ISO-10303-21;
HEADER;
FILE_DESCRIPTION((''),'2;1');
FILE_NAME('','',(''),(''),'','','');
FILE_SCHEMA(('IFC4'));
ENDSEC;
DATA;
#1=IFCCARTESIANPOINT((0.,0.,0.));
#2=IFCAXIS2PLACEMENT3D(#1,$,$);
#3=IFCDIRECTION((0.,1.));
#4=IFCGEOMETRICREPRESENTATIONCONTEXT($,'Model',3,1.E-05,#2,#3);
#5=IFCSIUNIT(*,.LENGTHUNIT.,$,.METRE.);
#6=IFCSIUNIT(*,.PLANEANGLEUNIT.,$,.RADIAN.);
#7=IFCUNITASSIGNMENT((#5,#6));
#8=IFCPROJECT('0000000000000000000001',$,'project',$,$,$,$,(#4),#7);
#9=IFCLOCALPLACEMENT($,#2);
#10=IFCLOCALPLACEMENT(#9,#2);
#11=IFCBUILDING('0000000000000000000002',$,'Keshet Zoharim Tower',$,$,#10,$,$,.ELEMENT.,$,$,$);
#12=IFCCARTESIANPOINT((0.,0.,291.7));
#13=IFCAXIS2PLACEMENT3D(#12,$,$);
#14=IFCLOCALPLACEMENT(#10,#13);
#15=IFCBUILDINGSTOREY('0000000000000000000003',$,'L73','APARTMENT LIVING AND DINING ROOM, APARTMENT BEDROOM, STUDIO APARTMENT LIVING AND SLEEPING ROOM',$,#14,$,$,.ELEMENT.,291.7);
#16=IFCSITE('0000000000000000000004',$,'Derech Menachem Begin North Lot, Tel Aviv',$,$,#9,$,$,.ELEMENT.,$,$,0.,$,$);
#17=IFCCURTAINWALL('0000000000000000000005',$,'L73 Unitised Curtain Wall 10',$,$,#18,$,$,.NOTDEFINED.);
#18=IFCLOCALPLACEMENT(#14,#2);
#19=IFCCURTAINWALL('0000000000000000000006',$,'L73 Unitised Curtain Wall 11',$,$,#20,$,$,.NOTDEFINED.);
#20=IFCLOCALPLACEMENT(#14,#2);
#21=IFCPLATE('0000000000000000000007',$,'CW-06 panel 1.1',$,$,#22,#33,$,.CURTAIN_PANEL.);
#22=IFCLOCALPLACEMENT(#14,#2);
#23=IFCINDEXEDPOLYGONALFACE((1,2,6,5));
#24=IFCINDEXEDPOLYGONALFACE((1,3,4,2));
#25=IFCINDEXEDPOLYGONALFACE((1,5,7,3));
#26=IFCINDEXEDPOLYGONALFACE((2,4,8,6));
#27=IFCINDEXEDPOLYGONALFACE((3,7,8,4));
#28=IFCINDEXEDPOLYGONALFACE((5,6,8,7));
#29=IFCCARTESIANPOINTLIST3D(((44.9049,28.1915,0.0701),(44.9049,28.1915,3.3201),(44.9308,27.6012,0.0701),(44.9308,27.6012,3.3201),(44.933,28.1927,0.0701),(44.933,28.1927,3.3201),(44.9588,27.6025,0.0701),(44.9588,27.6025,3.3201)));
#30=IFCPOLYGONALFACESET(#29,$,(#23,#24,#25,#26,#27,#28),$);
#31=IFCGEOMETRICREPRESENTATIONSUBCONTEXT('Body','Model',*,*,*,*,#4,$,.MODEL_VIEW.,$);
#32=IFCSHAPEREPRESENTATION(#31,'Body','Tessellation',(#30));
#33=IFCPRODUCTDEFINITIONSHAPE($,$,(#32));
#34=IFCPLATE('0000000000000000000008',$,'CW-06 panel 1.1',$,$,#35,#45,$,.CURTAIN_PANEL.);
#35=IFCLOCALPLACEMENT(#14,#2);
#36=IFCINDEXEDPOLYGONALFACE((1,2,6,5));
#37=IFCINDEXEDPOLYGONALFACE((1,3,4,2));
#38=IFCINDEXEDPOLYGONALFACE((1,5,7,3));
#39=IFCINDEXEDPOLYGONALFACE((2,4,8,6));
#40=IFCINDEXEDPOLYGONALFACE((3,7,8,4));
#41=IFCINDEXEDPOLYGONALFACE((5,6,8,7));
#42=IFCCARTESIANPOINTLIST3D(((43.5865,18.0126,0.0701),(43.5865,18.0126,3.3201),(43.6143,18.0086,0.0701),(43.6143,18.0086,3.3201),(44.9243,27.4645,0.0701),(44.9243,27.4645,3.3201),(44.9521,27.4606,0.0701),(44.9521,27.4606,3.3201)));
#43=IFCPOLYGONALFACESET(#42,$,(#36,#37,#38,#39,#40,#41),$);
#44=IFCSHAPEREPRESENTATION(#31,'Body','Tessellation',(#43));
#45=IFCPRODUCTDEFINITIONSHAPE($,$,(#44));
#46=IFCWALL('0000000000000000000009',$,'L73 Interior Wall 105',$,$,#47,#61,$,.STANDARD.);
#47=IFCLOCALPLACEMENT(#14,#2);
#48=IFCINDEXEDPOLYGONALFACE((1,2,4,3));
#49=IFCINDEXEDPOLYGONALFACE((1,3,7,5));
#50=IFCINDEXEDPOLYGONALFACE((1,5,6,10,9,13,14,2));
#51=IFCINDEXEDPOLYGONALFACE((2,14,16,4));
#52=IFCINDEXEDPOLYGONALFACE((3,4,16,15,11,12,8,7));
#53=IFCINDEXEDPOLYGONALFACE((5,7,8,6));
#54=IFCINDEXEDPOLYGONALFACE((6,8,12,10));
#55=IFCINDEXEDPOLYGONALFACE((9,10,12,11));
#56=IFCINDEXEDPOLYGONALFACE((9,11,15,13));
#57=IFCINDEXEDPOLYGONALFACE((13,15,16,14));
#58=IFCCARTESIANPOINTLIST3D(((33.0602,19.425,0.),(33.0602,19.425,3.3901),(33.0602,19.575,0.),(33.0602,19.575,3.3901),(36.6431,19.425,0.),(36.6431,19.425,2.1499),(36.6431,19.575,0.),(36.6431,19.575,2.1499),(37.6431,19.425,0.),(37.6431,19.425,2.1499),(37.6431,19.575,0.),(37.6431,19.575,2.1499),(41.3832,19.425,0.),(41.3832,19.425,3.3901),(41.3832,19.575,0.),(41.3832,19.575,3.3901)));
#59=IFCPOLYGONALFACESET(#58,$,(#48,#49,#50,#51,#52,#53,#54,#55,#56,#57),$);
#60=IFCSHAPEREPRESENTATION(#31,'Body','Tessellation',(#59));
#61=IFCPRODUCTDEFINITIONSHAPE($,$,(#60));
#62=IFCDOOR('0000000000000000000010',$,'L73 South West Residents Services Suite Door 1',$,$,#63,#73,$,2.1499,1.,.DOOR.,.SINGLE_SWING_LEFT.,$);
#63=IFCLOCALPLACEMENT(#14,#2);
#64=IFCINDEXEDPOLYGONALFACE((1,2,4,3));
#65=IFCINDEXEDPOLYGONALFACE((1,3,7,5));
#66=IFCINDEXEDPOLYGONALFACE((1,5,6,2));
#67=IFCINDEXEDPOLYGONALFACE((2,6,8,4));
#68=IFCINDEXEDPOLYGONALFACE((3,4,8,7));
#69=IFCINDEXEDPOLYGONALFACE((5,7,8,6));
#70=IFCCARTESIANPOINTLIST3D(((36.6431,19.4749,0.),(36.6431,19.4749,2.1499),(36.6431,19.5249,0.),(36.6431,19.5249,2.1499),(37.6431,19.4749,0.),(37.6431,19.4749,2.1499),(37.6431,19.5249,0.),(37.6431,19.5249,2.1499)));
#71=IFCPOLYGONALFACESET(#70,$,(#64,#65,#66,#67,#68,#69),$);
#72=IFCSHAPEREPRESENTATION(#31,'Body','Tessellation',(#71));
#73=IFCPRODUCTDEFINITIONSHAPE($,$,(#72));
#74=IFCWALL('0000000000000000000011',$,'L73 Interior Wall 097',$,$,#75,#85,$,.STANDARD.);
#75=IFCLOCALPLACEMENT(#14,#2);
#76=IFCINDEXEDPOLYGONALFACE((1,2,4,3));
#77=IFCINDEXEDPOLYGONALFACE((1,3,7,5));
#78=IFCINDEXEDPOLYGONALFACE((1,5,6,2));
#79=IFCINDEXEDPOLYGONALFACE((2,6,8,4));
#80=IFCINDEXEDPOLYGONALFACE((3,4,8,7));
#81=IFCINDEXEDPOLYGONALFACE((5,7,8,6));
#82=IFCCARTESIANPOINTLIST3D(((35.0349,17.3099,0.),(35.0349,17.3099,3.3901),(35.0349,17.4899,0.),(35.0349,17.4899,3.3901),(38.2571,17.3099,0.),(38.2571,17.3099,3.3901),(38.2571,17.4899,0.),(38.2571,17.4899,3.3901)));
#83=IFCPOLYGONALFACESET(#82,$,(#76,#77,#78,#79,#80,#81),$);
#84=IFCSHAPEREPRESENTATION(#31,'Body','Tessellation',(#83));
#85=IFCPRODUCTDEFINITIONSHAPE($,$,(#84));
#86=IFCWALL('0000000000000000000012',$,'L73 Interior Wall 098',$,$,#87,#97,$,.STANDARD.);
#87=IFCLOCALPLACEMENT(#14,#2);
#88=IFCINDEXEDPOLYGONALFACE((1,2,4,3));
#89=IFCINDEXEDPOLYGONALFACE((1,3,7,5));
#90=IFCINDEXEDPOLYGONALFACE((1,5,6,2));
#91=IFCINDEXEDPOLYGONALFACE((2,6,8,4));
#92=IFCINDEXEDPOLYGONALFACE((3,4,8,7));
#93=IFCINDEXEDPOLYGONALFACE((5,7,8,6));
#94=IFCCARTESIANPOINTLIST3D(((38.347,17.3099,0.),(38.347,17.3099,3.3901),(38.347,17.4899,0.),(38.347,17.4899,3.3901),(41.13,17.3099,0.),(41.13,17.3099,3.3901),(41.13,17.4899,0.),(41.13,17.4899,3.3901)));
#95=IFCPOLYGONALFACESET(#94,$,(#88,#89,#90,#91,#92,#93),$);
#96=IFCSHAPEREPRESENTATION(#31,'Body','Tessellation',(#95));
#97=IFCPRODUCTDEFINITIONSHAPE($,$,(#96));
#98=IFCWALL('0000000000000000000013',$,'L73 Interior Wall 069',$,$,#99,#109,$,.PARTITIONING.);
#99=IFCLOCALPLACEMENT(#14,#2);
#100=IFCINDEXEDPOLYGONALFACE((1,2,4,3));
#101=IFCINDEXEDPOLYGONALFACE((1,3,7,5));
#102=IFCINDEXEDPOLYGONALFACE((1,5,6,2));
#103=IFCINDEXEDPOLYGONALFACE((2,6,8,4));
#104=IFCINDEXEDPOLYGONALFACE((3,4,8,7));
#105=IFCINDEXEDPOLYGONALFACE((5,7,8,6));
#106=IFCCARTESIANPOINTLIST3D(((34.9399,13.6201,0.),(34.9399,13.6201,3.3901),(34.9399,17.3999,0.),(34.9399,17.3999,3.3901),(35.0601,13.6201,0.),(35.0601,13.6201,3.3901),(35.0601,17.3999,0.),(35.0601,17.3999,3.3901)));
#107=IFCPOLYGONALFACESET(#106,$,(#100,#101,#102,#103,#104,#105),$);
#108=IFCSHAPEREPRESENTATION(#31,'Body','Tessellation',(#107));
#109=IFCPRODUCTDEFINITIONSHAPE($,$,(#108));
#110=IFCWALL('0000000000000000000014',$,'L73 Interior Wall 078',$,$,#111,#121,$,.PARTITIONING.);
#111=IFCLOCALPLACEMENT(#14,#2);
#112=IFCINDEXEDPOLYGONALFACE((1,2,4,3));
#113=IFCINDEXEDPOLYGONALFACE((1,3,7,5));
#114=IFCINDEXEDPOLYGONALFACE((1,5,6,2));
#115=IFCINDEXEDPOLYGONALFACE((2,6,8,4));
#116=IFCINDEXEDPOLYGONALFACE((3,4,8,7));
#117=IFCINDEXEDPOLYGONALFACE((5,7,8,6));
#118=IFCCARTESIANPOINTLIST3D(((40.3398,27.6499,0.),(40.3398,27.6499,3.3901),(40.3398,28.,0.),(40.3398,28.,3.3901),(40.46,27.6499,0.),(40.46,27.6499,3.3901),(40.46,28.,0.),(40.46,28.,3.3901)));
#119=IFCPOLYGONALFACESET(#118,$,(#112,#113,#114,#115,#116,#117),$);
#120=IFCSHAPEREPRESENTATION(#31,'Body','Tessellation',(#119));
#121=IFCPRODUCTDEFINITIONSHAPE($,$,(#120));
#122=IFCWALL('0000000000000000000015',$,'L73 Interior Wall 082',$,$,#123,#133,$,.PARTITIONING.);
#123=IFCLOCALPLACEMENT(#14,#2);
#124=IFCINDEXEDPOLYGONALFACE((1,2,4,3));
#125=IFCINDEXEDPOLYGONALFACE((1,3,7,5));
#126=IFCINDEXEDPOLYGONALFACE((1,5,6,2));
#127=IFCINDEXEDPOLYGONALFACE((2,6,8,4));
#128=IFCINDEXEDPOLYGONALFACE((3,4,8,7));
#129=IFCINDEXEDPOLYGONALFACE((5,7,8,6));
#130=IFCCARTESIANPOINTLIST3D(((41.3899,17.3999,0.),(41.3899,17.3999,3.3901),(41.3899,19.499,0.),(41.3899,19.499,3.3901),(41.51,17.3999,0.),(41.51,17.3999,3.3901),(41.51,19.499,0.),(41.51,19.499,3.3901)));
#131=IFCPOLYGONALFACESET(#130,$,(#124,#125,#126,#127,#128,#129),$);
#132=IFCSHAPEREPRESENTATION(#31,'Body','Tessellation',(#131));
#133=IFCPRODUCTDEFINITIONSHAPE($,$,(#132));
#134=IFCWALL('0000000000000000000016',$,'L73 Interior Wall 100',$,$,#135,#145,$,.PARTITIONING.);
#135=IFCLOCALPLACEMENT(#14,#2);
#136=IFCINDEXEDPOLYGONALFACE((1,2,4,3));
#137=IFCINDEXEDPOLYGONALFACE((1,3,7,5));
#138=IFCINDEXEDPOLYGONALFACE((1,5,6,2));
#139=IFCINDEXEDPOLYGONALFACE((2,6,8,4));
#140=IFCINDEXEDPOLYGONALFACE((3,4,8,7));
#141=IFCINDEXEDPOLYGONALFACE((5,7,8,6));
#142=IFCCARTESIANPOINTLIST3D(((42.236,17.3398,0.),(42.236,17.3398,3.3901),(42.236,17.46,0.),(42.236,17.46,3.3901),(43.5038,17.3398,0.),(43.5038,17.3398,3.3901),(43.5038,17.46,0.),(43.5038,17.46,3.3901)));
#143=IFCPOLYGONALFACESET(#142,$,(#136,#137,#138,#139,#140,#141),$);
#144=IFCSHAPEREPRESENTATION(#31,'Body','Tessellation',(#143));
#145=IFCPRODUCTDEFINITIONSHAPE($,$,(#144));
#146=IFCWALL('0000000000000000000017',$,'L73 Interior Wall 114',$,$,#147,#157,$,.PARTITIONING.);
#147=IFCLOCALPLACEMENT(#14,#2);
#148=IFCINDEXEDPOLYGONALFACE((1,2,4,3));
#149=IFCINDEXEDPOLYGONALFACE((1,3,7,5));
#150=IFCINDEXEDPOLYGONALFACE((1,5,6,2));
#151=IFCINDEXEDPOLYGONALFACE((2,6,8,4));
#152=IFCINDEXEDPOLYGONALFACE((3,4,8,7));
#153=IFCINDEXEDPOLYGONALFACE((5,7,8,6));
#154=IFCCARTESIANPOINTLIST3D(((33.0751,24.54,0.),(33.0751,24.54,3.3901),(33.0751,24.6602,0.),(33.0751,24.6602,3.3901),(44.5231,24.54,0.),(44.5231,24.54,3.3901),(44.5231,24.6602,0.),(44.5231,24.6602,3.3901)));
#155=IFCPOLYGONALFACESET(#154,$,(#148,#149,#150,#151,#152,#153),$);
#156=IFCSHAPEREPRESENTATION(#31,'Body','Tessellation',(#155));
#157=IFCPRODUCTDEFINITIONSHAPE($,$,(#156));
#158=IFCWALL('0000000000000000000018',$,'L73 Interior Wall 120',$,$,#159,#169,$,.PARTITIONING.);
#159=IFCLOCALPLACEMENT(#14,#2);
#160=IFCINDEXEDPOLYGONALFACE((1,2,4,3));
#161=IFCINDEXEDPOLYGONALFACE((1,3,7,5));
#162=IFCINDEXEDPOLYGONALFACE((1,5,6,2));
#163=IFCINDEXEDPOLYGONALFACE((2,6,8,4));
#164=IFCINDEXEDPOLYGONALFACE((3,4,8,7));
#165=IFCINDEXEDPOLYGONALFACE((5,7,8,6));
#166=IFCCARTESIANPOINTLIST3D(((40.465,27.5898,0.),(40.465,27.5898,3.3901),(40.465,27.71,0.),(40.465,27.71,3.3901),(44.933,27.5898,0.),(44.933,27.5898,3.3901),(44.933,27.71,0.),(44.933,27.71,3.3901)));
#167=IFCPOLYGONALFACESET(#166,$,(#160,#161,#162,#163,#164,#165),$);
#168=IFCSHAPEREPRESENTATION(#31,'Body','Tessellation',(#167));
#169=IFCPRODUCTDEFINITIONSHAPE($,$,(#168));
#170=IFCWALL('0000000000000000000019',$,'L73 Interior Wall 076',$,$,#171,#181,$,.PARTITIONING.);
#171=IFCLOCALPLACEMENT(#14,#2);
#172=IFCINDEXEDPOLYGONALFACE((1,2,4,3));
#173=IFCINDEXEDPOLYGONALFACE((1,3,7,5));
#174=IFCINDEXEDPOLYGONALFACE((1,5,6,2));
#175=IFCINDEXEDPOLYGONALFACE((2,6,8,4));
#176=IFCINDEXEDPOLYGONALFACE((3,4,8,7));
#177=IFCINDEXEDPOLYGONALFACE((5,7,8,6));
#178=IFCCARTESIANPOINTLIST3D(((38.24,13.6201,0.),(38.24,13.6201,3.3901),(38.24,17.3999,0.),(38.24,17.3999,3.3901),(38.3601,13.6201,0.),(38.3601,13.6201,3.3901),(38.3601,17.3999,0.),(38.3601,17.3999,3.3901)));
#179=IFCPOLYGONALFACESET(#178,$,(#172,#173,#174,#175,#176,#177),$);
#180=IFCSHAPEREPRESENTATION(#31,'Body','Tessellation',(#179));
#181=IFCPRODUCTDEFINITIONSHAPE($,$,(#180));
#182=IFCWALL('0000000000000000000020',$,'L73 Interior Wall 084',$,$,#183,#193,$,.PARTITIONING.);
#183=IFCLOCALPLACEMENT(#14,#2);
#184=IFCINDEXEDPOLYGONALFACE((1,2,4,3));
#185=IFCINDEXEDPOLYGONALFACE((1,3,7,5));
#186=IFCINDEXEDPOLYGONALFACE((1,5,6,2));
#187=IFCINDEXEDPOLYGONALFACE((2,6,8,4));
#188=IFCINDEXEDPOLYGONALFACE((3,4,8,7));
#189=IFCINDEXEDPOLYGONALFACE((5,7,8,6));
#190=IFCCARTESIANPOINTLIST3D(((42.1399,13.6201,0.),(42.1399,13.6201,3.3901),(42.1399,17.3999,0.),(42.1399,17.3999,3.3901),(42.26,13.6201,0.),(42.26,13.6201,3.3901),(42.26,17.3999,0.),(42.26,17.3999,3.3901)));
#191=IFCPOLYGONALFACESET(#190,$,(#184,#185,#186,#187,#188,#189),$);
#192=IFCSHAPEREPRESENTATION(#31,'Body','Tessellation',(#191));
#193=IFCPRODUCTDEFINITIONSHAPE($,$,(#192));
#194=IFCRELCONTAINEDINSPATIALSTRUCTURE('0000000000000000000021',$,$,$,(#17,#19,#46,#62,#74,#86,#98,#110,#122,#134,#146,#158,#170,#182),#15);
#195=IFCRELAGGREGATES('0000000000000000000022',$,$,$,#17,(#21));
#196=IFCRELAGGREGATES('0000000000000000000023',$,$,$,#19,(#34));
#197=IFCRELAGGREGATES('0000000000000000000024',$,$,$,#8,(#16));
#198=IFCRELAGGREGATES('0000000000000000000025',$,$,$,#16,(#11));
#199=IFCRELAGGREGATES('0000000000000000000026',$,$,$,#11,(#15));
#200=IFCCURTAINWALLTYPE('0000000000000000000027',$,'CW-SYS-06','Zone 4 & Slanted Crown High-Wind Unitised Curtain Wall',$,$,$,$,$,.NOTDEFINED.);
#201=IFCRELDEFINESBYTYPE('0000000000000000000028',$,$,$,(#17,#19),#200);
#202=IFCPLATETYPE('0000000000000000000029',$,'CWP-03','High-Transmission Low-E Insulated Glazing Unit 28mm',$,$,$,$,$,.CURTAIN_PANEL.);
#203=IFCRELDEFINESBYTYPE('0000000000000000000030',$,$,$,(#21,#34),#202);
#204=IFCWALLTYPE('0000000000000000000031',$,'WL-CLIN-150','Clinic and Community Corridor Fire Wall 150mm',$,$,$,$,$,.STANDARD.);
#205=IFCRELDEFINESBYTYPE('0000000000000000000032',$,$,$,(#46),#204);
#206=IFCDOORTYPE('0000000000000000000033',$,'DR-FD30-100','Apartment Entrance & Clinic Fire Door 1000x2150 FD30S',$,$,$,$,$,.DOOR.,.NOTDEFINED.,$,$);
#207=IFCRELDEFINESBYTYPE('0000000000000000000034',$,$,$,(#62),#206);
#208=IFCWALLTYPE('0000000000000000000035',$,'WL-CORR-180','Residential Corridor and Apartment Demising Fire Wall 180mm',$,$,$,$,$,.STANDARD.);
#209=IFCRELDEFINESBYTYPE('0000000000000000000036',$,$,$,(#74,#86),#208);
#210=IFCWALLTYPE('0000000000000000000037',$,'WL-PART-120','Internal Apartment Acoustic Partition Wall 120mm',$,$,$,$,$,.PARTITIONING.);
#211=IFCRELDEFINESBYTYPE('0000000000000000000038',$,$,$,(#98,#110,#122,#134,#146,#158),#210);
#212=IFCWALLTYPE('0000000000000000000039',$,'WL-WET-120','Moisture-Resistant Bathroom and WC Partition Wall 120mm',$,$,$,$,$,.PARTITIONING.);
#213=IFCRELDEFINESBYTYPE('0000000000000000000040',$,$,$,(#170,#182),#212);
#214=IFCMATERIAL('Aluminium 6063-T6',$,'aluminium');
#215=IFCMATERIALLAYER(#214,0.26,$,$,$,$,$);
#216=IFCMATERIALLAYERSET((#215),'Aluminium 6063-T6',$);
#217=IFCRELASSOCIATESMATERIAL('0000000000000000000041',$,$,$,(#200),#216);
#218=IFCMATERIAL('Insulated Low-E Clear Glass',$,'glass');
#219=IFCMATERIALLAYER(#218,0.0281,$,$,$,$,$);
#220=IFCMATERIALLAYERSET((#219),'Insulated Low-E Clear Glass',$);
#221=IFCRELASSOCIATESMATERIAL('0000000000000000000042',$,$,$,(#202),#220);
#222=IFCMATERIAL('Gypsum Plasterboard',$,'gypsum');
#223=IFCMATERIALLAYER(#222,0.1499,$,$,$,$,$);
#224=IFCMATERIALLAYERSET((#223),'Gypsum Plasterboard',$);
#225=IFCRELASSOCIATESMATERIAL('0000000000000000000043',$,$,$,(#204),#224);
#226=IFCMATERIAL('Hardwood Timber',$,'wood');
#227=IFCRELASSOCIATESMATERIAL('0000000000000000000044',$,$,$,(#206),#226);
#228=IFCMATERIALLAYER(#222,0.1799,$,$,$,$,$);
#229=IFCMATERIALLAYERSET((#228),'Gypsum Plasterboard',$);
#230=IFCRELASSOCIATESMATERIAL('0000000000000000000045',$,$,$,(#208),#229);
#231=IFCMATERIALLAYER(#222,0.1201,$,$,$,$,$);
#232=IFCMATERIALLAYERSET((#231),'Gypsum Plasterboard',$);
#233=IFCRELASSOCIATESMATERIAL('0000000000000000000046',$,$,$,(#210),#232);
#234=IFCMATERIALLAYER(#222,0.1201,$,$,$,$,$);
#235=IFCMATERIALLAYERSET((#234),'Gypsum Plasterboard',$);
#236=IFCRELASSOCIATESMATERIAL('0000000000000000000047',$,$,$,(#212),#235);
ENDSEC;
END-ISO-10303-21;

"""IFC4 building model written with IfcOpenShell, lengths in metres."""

from ifc_helpers import new_model, si_unit, direction, frame, frame_2d, origin, origin_2d, place, context, subcontext, project, spatial, rectangle, extrude, material, layer, layer_set, type_object, element, fill, aggregate, save


model = new_model("IFC4")

# Units and contexts
model_context = context("Model", 3, precision=1e-05, world=origin(), true_north=direction((0.0, 1.0)))
body_context = subcontext(model_context, "Body", "Model", "MODEL_VIEW")
ifc_project = project(units=[si_unit("LENGTHUNIT", "METRE"), si_unit("PLANEANGLEUNIT", "RADIAN")], contexts=[model_context])

# Site, building, storey
site_placement = place(None, origin())
site = spatial("IfcSite", under=ifc_project, at=site_placement, Name="Derech Menachem Begin North Lot, Tel Aviv", CompositionType="ELEMENT", RefElevation=0.0)
building_placement = place(site_placement, origin())
building = spatial("IfcBuilding", under=site, at=building_placement, Name="Keshet Zoharim Tower", CompositionType="ELEMENT")
storey_placement = place(building_placement, frame((0.0, 0.0, 291.7)))
storey = spatial("IfcBuildingStorey", under=building, at=storey_placement, Name="L73", Description="APARTMENT LIVING AND DINING ROOM, APARTMENT BEDROOM, STUDIO APARTMENT LIVING AND SLEEPING ROOM", CompositionType="ELEMENT", Elevation=291.7)

# Curtain wall
ifc_material_1 = material(Name="Aluminium 6063-T6", Category="aluminium")
ifc_layer_1 = layer(ifc_material_1, 0.26)
ifc_layer_set_1 = layer_set([ifc_layer_1], Name="Aluminium 6063-T6")
curtain_wall_type = type_object("IfcCurtainWallType", Name="CW-SYS-06", Description="Zone 4 & Slanted Crown High-Wind Unitised Curtain Wall", PredefinedType="NOTDEFINED", material=ifc_layer_set_1)
curtain_wall_1_placement = place(storey_placement, origin())
curtain_wall_1 = element("IfcCurtainWall", 1, at=curtain_wall_1_placement, inside=storey, type_object=curtain_wall_type, Name="L73 Unitised Curtain Wall 10", PredefinedType="NOTDEFINED")

# Curtain wall
curtain_wall_2_placement = place(storey_placement, origin())
curtain_wall_2 = element("IfcCurtainWall", 2, at=curtain_wall_2_placement, inside=storey, type_object=curtain_wall_type, Name="L73 Unitised Curtain Wall 11", PredefinedType="NOTDEFINED")

# Plates
ifc_material_2 = material(Name="Insulated Low-E Clear Glass", Category="glass")
ifc_layer_2 = layer(ifc_material_2, 0.0281)
ifc_layer_set_2 = layer_set([ifc_layer_2], Name="Insulated Low-E Clear Glass")
plate_type = type_object("IfcPlateType", Name="CWP-03", Description="High-Transmission Low-E Insulated Glazing Unit 28mm", PredefinedType="CURTAIN_PANEL", material=ifc_layer_set_2)
plate_1_placement = place(storey_placement, frame((44.9319, 27.897, 0.0701), z_axis=(0.0, 0.0, 1.0), x_axis=(0.043794, -0.999041, 0.0)))
plate_1 = element("IfcPlate", 3, at=plate_1_placement, type_object=plate_type, Name="CW-06 panel 1.1", PredefinedType="CURTAIN_PANEL", context=body_context, shape_type="SweptSolid", body=[
    extrude(rectangle(XDim=0.5908, YDim=0.0281, at=origin_2d()), origin(), (0.0, 0.0, 1.0), 3.25),
])
aggregate(curtain_wall_1, [plate_1])
plate_2_placement = place(storey_placement, frame((44.2693, 22.7366, 0.0701), z_axis=(0.0, 0.0, 1.0), x_axis=(-0.140137, -0.990132, 0.0)))
plate_2 = element("IfcPlate", 4, at=plate_2_placement, type_object=plate_type, Name="CW-06 panel 1.1", PredefinedType="CURTAIN_PANEL", context=body_context, shape_type="SweptSolid", body=[
    extrude(rectangle(XDim=9.5461, YDim=0.0281, at=origin_2d()), origin(), (0.0, 0.0, 1.0), 3.25),
])
aggregate(curtain_wall_2, [plate_2])

# Wall, opening, door
ifc_material_3 = material(Name="Gypsum Plasterboard", Category="gypsum")
ifc_layer_3 = layer(ifc_material_3, 0.1499)
ifc_layer_set_3 = layer_set([ifc_layer_3], Name="Gypsum Plasterboard")
wall_type_1 = type_object("IfcWallType", Name="WL-CLIN-150", Description="Clinic and Community Corridor Fire Wall 150mm", PredefinedType="STANDARD", material=ifc_layer_set_3)
wall_1_placement = place(storey_placement, frame((33.0601, 19.5, 0.0), z_axis=(0.0, 0.0, 1.0), x_axis=(1.0, 0.0, 0.0)))
wall_1 = element("IfcWall", 5, at=wall_1_placement, inside=storey, type_object=wall_type_1, Name="L73 Interior Wall 105", PredefinedType="STANDARD", context=body_context, shape_type="SweptSolid", body=[
    extrude(rectangle(XDim=8.323, YDim=0.1499, at=frame_2d((4.1616, 0.0))), origin(), (0.0, 0.0, 1.0), 3.3901),
])
opening_placement = place(wall_1_placement, frame((3.583, 0.0, 0.0)))
opening = element("IfcOpeningElement", 6, at=opening_placement, cuts=wall_1, PredefinedType="OPENING", context=body_context, shape_type="SweptSolid", body=[
    extrude(rectangle(XDim=1.0, YDim=2.1499, at=frame_2d((0.5, 1.075))), frame((0.0, 0.085, 0.0), z_axis=(0.0, -1.0, 0.0), x_axis=(1.0, 0.0, 0.0)), (0.0, 0.0, 1.0), 0.1699),
])
ifc_material_4 = material(Name="Hardwood Timber", Category="wood")
door_type = type_object("IfcDoorType", Name="DR-FD30-100", Description="Apartment Entrance & Clinic Fire Door 1000x2150 FD30S", OperationType="NOTDEFINED", PredefinedType="DOOR", material=ifc_material_4)
door_placement = place(opening_placement, origin())
door = element("IfcDoor", 7, at=door_placement, inside=storey, type_object=door_type, Name="L73 South West Residents Services Suite Door 1", OperationType="SINGLE_SWING_LEFT", OverallHeight=2.1499, OverallWidth=1.0, PredefinedType="DOOR", context=body_context, shape_type="SweptSolid", body=[
    extrude(rectangle(XDim=1.0, YDim=2.1499, at=frame_2d((0.5, 1.075))), frame((0.0, 0.0249, 0.0), z_axis=(0.0, -1.0, 0.0), x_axis=(1.0, 0.0, 0.0)), (0.0, 0.0, 1.0), 0.05),
])
fill(opening, door)

# Walls
ifc_layer_4 = layer(ifc_material_3, 0.1799)
ifc_layer_set_4 = layer_set([ifc_layer_4], Name="Gypsum Plasterboard")
wall_type_2 = type_object("IfcWallType", Name="WL-CORR-180", Description="Residential Corridor and Apartment Demising Fire Wall 180mm", PredefinedType="STANDARD", material=ifc_layer_set_4)
wall_2_placement = place(storey_placement, frame((35.0349, 17.3999, 0.0), z_axis=(0.0, 0.0, 1.0), x_axis=(1.0, 0.0, 0.0)))
element("IfcWall", 8, at=wall_2_placement, inside=storey, type_object=wall_type_2, Name="L73 Interior Wall 097", PredefinedType="STANDARD", context=body_context, shape_type="SweptSolid", body=[
    extrude(rectangle(XDim=3.2222, YDim=0.1799, at=frame_2d((1.6111, 0.0))), origin(), (0.0, 0.0, 1.0), 3.3901),
])
wall_3_placement = place(storey_placement, frame((38.3469, 17.3999, 0.0), z_axis=(0.0, 0.0, 1.0), x_axis=(1.0, 0.0, 0.0)))
element("IfcWall", 9, at=wall_3_placement, inside=storey, type_object=wall_type_2, Name="L73 Interior Wall 098", PredefinedType="STANDARD", context=body_context, shape_type="SweptSolid", body=[
    extrude(rectangle(XDim=2.783, YDim=0.1799, at=frame_2d((1.3916, 0.0))), origin(), (0.0, 0.0, 1.0), 3.3901),
])
ifc_layer_5 = layer(ifc_material_3, 0.1201)
ifc_layer_set_5 = layer_set([ifc_layer_5], Name="Gypsum Plasterboard")
wall_type_3 = type_object("IfcWallType", Name="WL-PART-120", Description="Internal Apartment Acoustic Partition Wall 120mm", PredefinedType="PARTITIONING", material=ifc_layer_set_5)
wall_4_placement = place(storey_placement, frame((35.0, 13.6201, 0.0), z_axis=(0.0, 0.0, 1.0), x_axis=(0.0, 1.0, 0.0)))
element("IfcWall", 10, at=wall_4_placement, inside=storey, type_object=wall_type_3, Name="L73 Interior Wall 069", PredefinedType="PARTITIONING", context=body_context, shape_type="SweptSolid", body=[
    extrude(rectangle(XDim=3.7798, YDim=0.1201, at=frame_2d((1.8899, 0.0))), origin(), (0.0, 0.0, 1.0), 3.3901),
])
wall_5_placement = place(storey_placement, frame((40.3999, 27.6499, 0.0), z_axis=(0.0, 0.0, 1.0), x_axis=(0.0, 1.0, 0.0)))
element("IfcWall", 11, at=wall_5_placement, inside=storey, type_object=wall_type_3, Name="L73 Interior Wall 078", PredefinedType="PARTITIONING", context=body_context, shape_type="SweptSolid", body=[
    extrude(rectangle(XDim=0.3501, YDim=0.1201, at=frame_2d((0.175, 0.0))), origin(), (0.0, 0.0, 1.0), 3.3901),
])
wall_6_placement = place(storey_placement, frame((41.45, 17.3999, 0.0), z_axis=(0.0, 0.0, 1.0), x_axis=(0.0, 1.0, 0.0)))
element("IfcWall", 12, at=wall_6_placement, inside=storey, type_object=wall_type_3, Name="L73 Interior Wall 082", PredefinedType="PARTITIONING", context=body_context, shape_type="SweptSolid", body=[
    extrude(rectangle(XDim=2.0991, YDim=0.1201, at=frame_2d((1.0496, 0.0))), origin(), (0.0, 0.0, 1.0), 3.3901),
])
wall_7_placement = place(storey_placement, frame((42.2361, 17.3999, 0.0), z_axis=(0.0, 0.0, 1.0), x_axis=(1.0, 0.0, 0.0)))
element("IfcWall", 13, at=wall_7_placement, inside=storey, type_object=wall_type_3, Name="L73 Interior Wall 100", PredefinedType="PARTITIONING", context=body_context, shape_type="SweptSolid", body=[
    extrude(rectangle(XDim=1.2678, YDim=0.1201, at=frame_2d((0.6338, 0.0))), origin(), (0.0, 0.0, 1.0), 3.3901),
])
wall_8_placement = place(storey_placement, frame((33.075, 24.6001, 0.0), z_axis=(0.0, 0.0, 1.0), x_axis=(1.0, 0.0, 0.0)))
element("IfcWall", 14, at=wall_8_placement, inside=storey, type_object=wall_type_3, Name="L73 Interior Wall 114", PredefinedType="PARTITIONING", context=body_context, shape_type="SweptSolid", body=[
    extrude(rectangle(XDim=11.448, YDim=0.1201, at=frame_2d((5.7241, 0.0))), origin(), (0.0, 0.0, 1.0), 3.3901),
])
wall_9_placement = place(storey_placement, frame((40.4651, 27.6499, 0.0), z_axis=(0.0, 0.0, 1.0), x_axis=(1.0, 0.0, 0.0)))
element("IfcWall", 15, at=wall_9_placement, inside=storey, type_object=wall_type_3, Name="L73 Interior Wall 120", PredefinedType="PARTITIONING", context=body_context, shape_type="SweptSolid", body=[
    extrude(rectangle(XDim=4.468, YDim=0.1201, at=frame_2d((2.2339, 0.0))), origin(), (0.0, 0.0, 1.0), 3.3901),
])
ifc_layer_6 = layer(ifc_material_3, 0.1201)
ifc_layer_set_6 = layer_set([ifc_layer_6], Name="Gypsum Plasterboard")
wall_type_4 = type_object("IfcWallType", Name="WL-WET-120", Description="Moisture-Resistant Bathroom and WC Partition Wall 120mm", PredefinedType="PARTITIONING", material=ifc_layer_set_6)
for number, where, z_axis, x_axis, name in (
    (16, (38.3, 13.6201, 0.0), (0.0, 0.0, 1.0), (0.0, 1.0, 0.0), "L73 Interior Wall 076"),
    (17, (42.2, 13.6201, 0.0), (0.0, 0.0, 1.0), (0.0, 1.0, 0.0), "L73 Interior Wall 084"),
):
    element("IfcWall", number, at=place(storey_placement, frame(where, z_axis=z_axis, x_axis=x_axis)), inside=storey, type_object=wall_type_4, Name=name, PredefinedType="PARTITIONING", context=body_context, shape_type="SweptSolid", body=[
        extrude(rectangle(XDim=3.7798, YDim=0.1201, at=frame_2d((1.8899, 0.0))), origin(), (0.0, 0.0, 1.0), 3.3901),
    ])

save(model, "model.ifc")
